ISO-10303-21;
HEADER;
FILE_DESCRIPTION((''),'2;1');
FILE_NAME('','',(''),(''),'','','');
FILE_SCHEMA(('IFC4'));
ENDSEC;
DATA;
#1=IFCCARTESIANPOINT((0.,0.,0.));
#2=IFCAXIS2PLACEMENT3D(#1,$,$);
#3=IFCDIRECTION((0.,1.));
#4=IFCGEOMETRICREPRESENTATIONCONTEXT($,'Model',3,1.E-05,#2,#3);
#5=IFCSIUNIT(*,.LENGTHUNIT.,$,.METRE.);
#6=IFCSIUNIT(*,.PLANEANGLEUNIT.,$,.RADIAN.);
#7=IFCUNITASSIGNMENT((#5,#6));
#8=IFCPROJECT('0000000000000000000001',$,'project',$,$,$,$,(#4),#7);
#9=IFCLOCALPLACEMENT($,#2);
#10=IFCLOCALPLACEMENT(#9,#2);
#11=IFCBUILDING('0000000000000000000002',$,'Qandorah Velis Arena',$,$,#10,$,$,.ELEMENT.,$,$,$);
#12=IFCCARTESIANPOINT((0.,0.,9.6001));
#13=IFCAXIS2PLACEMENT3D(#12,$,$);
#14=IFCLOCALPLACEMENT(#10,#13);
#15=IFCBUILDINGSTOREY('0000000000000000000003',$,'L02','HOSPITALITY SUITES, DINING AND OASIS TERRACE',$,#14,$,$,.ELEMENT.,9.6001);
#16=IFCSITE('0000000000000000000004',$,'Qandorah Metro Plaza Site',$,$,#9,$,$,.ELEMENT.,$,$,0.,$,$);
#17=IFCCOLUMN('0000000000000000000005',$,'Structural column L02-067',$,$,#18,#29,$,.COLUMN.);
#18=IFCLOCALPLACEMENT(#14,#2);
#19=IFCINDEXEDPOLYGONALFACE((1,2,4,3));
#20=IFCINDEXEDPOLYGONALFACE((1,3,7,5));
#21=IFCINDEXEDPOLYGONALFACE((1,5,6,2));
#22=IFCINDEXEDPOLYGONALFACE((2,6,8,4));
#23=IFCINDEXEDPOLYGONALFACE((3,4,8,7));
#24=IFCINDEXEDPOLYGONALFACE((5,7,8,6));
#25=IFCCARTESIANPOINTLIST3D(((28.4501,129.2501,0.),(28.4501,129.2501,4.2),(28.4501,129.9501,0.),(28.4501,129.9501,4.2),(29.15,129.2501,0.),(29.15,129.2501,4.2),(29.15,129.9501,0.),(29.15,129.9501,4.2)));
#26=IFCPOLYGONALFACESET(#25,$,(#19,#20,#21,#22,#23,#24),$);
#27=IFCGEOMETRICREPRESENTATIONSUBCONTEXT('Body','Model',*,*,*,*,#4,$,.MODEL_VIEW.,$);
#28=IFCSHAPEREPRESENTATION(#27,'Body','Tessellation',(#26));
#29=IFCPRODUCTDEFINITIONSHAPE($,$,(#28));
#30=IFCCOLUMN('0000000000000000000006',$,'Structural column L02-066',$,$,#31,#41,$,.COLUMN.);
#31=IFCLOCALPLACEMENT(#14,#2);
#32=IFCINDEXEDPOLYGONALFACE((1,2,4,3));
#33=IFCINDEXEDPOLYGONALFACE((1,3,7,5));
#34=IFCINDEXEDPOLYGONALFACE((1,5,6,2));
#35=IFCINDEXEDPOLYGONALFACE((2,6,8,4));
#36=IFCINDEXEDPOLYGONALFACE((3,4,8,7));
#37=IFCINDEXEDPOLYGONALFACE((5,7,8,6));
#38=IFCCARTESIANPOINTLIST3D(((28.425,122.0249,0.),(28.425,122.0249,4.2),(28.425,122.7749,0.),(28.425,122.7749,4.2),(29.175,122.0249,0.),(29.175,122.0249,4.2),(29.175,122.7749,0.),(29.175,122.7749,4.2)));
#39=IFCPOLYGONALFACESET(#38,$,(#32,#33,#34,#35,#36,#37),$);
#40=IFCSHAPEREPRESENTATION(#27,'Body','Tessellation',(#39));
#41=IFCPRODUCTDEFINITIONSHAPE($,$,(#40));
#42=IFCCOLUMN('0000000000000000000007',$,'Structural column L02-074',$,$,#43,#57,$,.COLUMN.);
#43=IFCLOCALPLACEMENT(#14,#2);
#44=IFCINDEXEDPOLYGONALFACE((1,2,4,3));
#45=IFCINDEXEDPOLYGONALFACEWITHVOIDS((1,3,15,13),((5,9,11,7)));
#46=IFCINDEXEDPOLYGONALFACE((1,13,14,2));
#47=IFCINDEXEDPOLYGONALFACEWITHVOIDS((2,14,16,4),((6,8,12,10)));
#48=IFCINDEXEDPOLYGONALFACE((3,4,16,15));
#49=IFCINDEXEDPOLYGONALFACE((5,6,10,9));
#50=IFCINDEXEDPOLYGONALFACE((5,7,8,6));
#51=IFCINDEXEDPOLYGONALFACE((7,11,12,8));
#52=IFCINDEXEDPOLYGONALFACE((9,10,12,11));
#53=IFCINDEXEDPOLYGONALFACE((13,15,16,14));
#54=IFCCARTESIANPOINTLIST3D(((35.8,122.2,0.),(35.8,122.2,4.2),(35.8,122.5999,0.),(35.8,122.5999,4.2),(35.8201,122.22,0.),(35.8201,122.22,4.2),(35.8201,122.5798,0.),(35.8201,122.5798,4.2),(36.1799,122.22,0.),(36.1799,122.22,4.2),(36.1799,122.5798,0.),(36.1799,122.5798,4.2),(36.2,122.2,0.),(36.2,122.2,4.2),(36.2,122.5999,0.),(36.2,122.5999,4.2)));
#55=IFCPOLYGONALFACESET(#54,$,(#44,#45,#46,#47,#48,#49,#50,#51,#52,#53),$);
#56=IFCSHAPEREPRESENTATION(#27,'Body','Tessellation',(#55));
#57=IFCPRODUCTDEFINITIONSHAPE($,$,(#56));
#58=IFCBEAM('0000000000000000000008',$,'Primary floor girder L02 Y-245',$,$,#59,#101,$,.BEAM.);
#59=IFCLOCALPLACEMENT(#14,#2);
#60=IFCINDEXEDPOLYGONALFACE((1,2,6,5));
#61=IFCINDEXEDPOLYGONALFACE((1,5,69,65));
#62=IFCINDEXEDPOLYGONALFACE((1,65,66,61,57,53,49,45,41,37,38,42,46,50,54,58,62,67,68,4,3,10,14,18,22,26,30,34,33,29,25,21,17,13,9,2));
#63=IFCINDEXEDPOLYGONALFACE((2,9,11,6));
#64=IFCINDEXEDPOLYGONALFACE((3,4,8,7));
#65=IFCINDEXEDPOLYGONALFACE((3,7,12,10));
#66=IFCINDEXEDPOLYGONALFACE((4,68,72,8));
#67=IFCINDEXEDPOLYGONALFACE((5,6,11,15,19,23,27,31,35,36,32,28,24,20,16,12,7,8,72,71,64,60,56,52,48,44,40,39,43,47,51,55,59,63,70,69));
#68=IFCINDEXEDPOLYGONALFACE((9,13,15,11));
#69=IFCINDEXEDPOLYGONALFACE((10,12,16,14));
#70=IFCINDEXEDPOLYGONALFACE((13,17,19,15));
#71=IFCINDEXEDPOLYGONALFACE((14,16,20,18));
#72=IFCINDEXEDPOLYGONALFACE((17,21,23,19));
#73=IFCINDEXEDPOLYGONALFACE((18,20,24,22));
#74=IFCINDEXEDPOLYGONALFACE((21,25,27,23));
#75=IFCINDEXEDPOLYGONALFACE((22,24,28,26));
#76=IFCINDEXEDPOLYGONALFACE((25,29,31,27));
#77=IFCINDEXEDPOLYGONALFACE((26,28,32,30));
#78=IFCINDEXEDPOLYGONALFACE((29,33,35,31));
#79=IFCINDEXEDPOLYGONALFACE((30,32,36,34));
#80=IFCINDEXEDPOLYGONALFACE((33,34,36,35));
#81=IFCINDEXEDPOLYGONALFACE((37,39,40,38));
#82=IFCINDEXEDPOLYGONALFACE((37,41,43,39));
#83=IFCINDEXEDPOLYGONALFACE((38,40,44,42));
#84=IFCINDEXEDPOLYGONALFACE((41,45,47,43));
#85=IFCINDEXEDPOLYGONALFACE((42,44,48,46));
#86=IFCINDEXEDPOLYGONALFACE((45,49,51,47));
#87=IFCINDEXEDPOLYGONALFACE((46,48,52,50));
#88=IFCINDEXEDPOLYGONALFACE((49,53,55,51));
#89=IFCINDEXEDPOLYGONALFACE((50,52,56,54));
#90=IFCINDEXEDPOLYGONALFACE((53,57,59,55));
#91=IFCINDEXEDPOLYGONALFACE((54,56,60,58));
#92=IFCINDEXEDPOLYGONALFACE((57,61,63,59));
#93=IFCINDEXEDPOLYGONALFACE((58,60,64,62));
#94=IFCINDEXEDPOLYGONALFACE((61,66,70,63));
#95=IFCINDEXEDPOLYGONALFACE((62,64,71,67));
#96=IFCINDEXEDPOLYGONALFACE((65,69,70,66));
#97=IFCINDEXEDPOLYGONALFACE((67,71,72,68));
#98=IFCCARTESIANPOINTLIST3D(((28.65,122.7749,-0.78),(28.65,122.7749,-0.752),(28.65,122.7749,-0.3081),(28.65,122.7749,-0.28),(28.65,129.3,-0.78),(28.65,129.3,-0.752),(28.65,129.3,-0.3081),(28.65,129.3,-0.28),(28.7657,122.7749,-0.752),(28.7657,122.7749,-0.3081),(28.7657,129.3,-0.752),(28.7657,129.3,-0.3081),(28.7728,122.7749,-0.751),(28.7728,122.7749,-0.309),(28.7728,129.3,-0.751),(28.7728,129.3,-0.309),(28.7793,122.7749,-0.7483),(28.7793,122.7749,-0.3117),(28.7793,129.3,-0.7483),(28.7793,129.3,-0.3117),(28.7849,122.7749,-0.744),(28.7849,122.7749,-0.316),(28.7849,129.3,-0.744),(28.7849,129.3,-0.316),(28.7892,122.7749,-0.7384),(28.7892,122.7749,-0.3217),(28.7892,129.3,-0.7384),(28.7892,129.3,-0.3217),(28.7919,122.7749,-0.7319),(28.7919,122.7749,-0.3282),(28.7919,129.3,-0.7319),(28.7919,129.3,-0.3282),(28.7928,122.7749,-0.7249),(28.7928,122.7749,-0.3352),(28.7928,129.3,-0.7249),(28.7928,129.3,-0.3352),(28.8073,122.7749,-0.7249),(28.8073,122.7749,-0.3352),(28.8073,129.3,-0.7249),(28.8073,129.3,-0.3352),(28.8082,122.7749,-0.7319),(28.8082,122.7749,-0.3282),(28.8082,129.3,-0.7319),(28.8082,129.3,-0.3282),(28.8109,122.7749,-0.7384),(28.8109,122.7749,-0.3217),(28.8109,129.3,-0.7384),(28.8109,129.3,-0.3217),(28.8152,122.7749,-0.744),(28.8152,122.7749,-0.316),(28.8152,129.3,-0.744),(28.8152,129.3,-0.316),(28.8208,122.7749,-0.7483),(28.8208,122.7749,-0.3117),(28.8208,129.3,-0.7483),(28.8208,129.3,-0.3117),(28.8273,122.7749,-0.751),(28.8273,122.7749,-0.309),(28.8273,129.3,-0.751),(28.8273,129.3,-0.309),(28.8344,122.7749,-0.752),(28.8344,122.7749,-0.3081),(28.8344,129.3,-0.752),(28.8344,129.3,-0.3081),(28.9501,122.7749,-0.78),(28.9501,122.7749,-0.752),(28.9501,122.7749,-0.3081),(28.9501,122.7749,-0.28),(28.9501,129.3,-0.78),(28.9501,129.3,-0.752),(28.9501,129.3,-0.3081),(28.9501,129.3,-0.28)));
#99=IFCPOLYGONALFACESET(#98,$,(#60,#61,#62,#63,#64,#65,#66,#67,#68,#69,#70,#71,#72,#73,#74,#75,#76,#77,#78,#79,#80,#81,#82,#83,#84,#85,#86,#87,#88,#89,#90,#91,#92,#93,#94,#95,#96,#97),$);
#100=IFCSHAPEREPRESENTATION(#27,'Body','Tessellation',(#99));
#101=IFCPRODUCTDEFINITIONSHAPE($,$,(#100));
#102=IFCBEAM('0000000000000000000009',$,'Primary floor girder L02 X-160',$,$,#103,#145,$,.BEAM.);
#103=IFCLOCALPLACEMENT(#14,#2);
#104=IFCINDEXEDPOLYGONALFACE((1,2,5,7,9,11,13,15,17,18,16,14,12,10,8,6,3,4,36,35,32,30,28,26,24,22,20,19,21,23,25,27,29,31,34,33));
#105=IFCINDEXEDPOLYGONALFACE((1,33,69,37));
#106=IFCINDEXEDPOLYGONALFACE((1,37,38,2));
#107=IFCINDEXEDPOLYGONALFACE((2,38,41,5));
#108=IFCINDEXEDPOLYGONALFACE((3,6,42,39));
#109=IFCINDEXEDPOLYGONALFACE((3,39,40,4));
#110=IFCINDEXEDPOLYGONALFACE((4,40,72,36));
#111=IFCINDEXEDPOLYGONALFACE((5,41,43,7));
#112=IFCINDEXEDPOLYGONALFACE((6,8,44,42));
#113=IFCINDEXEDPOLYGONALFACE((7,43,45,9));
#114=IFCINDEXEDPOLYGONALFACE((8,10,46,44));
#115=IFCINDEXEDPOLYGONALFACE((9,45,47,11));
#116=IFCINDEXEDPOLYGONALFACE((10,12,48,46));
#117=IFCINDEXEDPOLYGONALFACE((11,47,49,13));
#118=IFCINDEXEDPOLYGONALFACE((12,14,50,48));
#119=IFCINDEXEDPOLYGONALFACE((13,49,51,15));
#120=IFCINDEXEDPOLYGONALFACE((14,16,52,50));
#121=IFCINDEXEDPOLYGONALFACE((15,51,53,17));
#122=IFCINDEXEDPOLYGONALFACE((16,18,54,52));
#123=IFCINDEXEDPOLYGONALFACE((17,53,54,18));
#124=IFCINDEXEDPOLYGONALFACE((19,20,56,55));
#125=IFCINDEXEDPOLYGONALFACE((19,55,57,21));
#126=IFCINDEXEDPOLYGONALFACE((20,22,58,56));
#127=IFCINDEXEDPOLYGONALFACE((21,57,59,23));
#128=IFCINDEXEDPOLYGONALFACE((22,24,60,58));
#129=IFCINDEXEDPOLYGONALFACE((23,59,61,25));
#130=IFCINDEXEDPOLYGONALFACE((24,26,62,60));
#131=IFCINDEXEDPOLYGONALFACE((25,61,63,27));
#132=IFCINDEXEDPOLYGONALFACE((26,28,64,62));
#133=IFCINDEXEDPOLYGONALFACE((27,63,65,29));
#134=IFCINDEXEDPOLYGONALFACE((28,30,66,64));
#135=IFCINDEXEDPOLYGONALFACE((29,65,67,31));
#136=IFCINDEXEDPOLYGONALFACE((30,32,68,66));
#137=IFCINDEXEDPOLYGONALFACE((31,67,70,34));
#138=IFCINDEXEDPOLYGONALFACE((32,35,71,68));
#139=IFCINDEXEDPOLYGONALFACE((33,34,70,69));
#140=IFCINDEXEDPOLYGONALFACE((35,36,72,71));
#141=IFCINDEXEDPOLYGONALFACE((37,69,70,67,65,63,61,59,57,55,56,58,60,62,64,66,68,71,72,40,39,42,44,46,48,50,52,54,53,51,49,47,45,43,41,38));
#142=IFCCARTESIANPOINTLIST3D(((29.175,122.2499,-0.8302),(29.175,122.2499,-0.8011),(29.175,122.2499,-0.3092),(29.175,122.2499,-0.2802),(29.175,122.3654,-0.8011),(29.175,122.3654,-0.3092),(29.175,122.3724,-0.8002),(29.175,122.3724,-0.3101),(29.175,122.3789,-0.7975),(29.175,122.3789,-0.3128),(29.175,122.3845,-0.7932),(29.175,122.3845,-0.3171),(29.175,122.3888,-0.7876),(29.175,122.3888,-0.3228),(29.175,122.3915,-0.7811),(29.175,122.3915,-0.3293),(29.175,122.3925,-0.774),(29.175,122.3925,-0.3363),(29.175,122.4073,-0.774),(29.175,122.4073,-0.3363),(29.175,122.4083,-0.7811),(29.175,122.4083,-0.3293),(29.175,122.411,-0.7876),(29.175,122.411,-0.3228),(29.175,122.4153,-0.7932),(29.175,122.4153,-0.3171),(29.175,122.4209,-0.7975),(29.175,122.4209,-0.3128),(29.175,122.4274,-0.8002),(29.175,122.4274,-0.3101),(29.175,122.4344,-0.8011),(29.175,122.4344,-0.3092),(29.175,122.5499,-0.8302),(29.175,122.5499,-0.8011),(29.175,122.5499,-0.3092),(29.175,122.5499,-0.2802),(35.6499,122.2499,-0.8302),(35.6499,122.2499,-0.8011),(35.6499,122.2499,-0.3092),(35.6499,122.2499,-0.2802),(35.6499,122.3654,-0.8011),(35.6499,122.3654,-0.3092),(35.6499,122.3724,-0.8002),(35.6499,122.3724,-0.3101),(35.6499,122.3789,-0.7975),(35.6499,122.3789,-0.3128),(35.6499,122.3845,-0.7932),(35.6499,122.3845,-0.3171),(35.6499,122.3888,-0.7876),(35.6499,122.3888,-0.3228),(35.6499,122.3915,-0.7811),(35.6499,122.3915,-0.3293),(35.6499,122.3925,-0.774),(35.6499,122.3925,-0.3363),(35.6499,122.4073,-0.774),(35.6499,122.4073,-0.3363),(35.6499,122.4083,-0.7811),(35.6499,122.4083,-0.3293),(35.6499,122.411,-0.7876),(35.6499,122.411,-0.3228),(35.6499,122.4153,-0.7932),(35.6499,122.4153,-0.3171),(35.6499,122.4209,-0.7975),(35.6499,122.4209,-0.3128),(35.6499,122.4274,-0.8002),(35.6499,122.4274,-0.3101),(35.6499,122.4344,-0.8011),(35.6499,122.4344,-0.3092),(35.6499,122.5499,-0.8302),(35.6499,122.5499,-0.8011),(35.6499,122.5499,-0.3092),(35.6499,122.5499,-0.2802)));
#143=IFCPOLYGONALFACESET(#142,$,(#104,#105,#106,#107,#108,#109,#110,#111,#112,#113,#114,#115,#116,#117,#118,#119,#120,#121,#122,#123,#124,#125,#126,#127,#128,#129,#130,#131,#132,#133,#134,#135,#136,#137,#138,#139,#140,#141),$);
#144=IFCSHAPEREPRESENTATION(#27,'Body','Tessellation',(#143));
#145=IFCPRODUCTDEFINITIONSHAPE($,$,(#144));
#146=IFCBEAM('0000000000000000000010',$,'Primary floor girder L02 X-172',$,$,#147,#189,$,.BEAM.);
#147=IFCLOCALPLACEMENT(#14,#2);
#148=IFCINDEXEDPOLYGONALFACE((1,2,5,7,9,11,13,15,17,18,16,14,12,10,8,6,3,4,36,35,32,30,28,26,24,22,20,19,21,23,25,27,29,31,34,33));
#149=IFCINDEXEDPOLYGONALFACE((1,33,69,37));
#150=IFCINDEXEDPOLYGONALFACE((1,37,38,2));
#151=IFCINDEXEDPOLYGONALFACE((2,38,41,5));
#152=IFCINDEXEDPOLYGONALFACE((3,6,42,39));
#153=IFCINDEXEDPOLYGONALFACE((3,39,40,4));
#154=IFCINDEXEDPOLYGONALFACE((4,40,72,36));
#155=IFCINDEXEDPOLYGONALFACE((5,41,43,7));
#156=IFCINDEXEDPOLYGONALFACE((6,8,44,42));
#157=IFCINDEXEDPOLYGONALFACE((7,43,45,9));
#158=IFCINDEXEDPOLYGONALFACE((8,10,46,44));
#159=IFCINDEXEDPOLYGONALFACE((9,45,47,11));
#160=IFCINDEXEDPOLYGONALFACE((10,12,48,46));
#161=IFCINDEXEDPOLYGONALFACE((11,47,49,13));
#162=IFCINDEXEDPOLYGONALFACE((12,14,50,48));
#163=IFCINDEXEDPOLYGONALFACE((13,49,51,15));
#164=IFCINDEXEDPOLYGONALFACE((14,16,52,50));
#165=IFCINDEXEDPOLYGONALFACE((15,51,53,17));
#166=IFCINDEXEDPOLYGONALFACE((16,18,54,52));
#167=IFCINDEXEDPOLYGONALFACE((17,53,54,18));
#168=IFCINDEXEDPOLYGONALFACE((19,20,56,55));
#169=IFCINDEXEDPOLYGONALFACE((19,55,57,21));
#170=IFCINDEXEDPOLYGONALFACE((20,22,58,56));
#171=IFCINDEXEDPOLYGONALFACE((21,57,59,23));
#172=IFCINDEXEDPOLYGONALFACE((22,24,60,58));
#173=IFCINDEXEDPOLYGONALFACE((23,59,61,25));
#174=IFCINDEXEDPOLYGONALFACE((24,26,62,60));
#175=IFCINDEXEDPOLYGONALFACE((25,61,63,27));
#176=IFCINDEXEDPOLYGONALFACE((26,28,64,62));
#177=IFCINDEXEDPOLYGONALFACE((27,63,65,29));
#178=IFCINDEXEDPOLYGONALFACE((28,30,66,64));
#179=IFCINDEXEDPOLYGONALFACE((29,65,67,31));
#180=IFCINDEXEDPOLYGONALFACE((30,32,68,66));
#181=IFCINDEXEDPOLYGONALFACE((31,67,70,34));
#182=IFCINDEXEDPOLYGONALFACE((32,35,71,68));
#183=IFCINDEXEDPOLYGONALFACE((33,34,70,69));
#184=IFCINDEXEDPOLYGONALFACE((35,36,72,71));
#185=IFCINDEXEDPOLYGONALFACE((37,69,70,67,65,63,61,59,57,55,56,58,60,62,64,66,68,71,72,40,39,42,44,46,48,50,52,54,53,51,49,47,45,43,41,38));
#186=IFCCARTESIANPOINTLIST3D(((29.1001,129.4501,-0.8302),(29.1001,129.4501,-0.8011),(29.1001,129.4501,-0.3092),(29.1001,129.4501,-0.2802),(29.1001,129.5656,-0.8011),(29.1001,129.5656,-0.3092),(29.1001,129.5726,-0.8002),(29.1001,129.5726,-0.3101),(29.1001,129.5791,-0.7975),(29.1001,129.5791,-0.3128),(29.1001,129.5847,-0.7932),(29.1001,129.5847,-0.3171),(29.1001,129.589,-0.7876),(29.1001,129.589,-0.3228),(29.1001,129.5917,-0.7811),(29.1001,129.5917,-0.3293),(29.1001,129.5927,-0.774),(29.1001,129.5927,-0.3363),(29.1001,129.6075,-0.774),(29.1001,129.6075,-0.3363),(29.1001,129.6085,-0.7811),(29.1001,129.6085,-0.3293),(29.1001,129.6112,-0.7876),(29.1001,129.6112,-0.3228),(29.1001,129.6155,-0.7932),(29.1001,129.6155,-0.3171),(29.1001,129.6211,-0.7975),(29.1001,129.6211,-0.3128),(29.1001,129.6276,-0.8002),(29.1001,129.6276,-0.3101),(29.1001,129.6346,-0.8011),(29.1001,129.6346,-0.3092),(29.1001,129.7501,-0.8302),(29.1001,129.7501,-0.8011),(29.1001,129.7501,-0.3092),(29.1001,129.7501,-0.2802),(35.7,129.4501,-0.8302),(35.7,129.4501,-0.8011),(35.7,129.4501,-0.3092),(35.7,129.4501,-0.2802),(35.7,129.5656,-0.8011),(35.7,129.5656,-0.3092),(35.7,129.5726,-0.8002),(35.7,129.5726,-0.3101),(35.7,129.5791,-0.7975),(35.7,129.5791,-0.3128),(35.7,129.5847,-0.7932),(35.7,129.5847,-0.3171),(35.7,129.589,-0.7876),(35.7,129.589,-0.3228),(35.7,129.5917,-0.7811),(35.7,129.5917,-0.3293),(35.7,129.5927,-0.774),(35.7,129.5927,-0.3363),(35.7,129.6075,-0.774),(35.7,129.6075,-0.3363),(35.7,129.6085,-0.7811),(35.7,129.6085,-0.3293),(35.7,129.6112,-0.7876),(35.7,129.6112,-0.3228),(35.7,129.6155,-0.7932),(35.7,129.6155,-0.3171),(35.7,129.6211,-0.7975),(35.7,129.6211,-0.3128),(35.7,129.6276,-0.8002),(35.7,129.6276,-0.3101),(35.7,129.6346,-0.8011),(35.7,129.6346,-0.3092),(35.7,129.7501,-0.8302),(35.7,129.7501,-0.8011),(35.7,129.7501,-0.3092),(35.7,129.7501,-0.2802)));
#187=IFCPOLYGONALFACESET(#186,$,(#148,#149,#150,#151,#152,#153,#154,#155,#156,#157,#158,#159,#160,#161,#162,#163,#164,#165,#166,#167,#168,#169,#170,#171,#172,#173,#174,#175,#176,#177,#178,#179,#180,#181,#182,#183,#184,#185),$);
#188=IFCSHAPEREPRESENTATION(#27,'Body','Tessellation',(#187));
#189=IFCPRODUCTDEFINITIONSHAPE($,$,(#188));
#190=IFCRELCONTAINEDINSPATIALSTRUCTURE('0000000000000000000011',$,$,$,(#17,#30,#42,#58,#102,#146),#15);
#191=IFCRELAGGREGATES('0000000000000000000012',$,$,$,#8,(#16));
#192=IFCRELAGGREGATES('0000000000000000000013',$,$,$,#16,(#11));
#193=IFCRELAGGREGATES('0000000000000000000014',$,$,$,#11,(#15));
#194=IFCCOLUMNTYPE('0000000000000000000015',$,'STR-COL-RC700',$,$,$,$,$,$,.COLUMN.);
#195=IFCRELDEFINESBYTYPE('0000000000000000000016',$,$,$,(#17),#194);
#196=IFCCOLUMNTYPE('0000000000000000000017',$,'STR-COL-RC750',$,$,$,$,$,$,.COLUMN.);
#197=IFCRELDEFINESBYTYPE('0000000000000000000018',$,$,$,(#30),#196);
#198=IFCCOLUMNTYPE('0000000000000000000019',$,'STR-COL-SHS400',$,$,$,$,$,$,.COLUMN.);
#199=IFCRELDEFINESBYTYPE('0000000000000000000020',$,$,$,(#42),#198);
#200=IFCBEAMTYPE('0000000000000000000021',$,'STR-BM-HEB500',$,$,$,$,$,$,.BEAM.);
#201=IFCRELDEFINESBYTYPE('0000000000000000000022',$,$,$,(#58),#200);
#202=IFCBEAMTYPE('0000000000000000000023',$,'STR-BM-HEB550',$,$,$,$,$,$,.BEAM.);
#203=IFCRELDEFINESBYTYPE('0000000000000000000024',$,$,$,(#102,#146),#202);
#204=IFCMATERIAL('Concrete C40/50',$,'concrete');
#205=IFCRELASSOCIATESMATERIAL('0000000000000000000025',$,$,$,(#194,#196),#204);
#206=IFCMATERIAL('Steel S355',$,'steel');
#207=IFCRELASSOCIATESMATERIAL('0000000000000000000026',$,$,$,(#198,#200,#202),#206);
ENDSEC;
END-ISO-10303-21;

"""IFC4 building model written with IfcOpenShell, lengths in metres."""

from ifc_helpers import new_model, si_unit, direction, frame, origin, origin_2d, place, context, subcontext, project, spatial, rectangle, hollow_rectangle, i_section, extrude, material, material_profile, profile_set, type_object, element, save


model = new_model("IFC4")

# Units and contexts
model_context = context("Model", 3, precision=1e-05, world=origin(), true_north=direction((0.0, 1.0)))
body_context = subcontext(model_context, "Body", "Model", "MODEL_VIEW")
ifc_project = project(units=[si_unit("LENGTHUNIT", "METRE"), si_unit("PLANEANGLEUNIT", "RADIAN")], contexts=[model_context])

# Site, building, storey
site_placement = place(None, origin())
site = spatial("IfcSite", under=ifc_project, at=site_placement, Name="Qandorah Metro Plaza Site", CompositionType="ELEMENT", RefElevation=0.0)
building_placement = place(site_placement, origin())
building = spatial("IfcBuilding", under=site, at=building_placement, Name="Qandorah Velis Arena", CompositionType="ELEMENT")
storey_placement = place(building_placement, frame((0.0, 0.0, 9.6001)))
storey = spatial("IfcBuildingStorey", under=building, at=storey_placement, Name="L02", Description="HOSPITALITY SUITES, DINING AND OASIS TERRACE", CompositionType="ELEMENT", Elevation=9.6001)

# Columns
ifc_material_1 = material(Name="Concrete C40/50", Category="concrete")
ifc_material_profile_1 = material_profile(ifc_material_1, rectangle(XDim=0.7, YDim=0.7, at=origin_2d()), Name="RC COL 700x700")
ifc_profile_set_1 = profile_set([ifc_material_profile_1], Name="Concrete C40/50")
column_type_1 = type_object("IfcColumnType", Name="STR-COL-RC700", PredefinedType="COLUMN", material=ifc_profile_set_1)
column_1_placement = place(storey_placement, frame((28.8, 129.6001, 0.0), z_axis=(0.0, 0.0, 1.0), x_axis=(1.0, 0.0, 0.0)))
element("IfcColumn", 1, at=column_1_placement, inside=storey, type_object=column_type_1, Name="Structural column L02-067", PredefinedType="COLUMN", context=body_context, shape_type="SweptSolid", body=[
    extrude(rectangle(XDim=0.7, YDim=0.7, at=origin_2d()), origin(), (0.0, 0.0, 1.0), 4.2),
])
ifc_material_profile_2 = material_profile(ifc_material_1, rectangle(XDim=0.75, YDim=0.75, at=origin_2d()), Name="RC COL 750x750")
ifc_profile_set_2 = profile_set([ifc_material_profile_2], Name="Concrete C40/50")
column_type_2 = type_object("IfcColumnType", Name="STR-COL-RC750", PredefinedType="COLUMN", material=ifc_profile_set_2)
column_2_placement = place(storey_placement, frame((28.8, 122.3999, 0.0), z_axis=(0.0, 0.0, 1.0), x_axis=(1.0, 0.0, 0.0)))
element("IfcColumn", 2, at=column_2_placement, inside=storey, type_object=column_type_2, Name="Structural column L02-066", PredefinedType="COLUMN", context=body_context, shape_type="SweptSolid", body=[
    extrude(rectangle(XDim=0.75, YDim=0.75, at=origin_2d()), origin(), (0.0, 0.0, 1.0), 4.2),
])
ifc_material_2 = material(Name="Steel S355", Category="steel")
ifc_material_profile_3 = material_profile(ifc_material_2, hollow_rectangle(XDim=0.3999, YDim=0.3999, WallThickness=0.02, at=origin_2d()), Name="SHS 400x400x20")
ifc_profile_set_3 = profile_set([ifc_material_profile_3], Name="Steel S355")
column_type_3 = type_object("IfcColumnType", Name="STR-COL-SHS400", PredefinedType="COLUMN", material=ifc_profile_set_3)
column_3_placement = place(storey_placement, frame((36.0, 122.3999, 0.0), z_axis=(0.0, 0.0, 1.0), x_axis=(1.0, 0.0, 0.0)))
element("IfcColumn", 3, at=column_3_placement, inside=storey, type_object=column_type_3, Name="Structural column L02-074", PredefinedType="COLUMN", context=body_context, shape_type="SweptSolid", body=[
    extrude(hollow_rectangle(XDim=0.3999, YDim=0.3999, WallThickness=0.02, at=origin_2d()), origin(), (0.0, 0.0, 1.0), 4.2),
])

# Beams
ifc_material_profile_4 = material_profile(ifc_material_2, i_section(OverallWidth=0.3, OverallDepth=0.5, WebThickness=0.0144, FlangeThickness=0.0281, FilletRadius=0.0271, at=origin_2d()), Name="HEB 500")
ifc_profile_set_4 = profile_set([ifc_material_profile_4], Name="Steel S355")
beam_type_1 = type_object("IfcBeamType", Name="STR-BM-HEB500", PredefinedType="BEAM", material=ifc_profile_set_4)
beam_1_placement = place(storey_placement, frame((28.8, 122.7749, -0.53), z_axis=(0.0, 1.0, 0.0), x_axis=(-1.0, 0.0, 0.0)))
element("IfcBeam", 4, at=beam_1_placement, inside=storey, type_object=beam_type_1, Name="Primary floor girder L02 Y-245", PredefinedType="BEAM", context=body_context, shape_type="SweptSolid", body=[
    extrude(i_section(OverallWidth=0.3, OverallDepth=0.5, WebThickness=0.0144, FlangeThickness=0.0281, FilletRadius=0.0271, at=origin_2d()), origin(), (0.0, 0.0, 1.0), 6.5251),
])
ifc_material_profile_5 = material_profile(ifc_material_2, i_section(OverallWidth=0.3, OverallDepth=0.55, WebThickness=0.0149, FlangeThickness=0.0291, FilletRadius=0.0271, at=origin_2d()), Name="HEB 550")
ifc_profile_set_5 = profile_set([ifc_material_profile_5], Name="Steel S355")
beam_type_2 = type_object("IfcBeamType", Name="STR-BM-HEB550", PredefinedType="BEAM", material=ifc_profile_set_5)
beam_2_placement = place(storey_placement, frame((29.175, 122.3999, -0.5552), z_axis=(1.0, 0.0, 0.0), x_axis=(0.0, 1.0, 0.0)))
element("IfcBeam", 5, at=beam_2_placement, inside=storey, type_object=beam_type_2, Name="Primary floor girder L02 X-160", PredefinedType="BEAM", context=body_context, shape_type="SweptSolid", body=[
    extrude(i_section(OverallWidth=0.3, OverallDepth=0.55, WebThickness=0.0149, FlangeThickness=0.0291, FilletRadius=0.0271, at=origin_2d()), origin(), (0.0, 0.0, 1.0), 6.4749),
])
beam_3_placement = place(storey_placement, frame((29.1001, 129.6001, -0.5552), z_axis=(1.0, 0.0, 0.0), x_axis=(0.0, 1.0, 0.0)))
element("IfcBeam", 6, at=beam_3_placement, inside=storey, type_object=beam_type_2, Name="Primary floor girder L02 X-172", PredefinedType="BEAM", context=body_context, shape_type="SweptSolid", body=[
    extrude(i_section(OverallWidth=0.3, OverallDepth=0.55, WebThickness=0.0149, FlangeThickness=0.0291, FilletRadius=0.0271, at=origin_2d()), origin(), (0.0, 0.0, 1.0), 6.5999),
])

save(model, "model.ifc")
